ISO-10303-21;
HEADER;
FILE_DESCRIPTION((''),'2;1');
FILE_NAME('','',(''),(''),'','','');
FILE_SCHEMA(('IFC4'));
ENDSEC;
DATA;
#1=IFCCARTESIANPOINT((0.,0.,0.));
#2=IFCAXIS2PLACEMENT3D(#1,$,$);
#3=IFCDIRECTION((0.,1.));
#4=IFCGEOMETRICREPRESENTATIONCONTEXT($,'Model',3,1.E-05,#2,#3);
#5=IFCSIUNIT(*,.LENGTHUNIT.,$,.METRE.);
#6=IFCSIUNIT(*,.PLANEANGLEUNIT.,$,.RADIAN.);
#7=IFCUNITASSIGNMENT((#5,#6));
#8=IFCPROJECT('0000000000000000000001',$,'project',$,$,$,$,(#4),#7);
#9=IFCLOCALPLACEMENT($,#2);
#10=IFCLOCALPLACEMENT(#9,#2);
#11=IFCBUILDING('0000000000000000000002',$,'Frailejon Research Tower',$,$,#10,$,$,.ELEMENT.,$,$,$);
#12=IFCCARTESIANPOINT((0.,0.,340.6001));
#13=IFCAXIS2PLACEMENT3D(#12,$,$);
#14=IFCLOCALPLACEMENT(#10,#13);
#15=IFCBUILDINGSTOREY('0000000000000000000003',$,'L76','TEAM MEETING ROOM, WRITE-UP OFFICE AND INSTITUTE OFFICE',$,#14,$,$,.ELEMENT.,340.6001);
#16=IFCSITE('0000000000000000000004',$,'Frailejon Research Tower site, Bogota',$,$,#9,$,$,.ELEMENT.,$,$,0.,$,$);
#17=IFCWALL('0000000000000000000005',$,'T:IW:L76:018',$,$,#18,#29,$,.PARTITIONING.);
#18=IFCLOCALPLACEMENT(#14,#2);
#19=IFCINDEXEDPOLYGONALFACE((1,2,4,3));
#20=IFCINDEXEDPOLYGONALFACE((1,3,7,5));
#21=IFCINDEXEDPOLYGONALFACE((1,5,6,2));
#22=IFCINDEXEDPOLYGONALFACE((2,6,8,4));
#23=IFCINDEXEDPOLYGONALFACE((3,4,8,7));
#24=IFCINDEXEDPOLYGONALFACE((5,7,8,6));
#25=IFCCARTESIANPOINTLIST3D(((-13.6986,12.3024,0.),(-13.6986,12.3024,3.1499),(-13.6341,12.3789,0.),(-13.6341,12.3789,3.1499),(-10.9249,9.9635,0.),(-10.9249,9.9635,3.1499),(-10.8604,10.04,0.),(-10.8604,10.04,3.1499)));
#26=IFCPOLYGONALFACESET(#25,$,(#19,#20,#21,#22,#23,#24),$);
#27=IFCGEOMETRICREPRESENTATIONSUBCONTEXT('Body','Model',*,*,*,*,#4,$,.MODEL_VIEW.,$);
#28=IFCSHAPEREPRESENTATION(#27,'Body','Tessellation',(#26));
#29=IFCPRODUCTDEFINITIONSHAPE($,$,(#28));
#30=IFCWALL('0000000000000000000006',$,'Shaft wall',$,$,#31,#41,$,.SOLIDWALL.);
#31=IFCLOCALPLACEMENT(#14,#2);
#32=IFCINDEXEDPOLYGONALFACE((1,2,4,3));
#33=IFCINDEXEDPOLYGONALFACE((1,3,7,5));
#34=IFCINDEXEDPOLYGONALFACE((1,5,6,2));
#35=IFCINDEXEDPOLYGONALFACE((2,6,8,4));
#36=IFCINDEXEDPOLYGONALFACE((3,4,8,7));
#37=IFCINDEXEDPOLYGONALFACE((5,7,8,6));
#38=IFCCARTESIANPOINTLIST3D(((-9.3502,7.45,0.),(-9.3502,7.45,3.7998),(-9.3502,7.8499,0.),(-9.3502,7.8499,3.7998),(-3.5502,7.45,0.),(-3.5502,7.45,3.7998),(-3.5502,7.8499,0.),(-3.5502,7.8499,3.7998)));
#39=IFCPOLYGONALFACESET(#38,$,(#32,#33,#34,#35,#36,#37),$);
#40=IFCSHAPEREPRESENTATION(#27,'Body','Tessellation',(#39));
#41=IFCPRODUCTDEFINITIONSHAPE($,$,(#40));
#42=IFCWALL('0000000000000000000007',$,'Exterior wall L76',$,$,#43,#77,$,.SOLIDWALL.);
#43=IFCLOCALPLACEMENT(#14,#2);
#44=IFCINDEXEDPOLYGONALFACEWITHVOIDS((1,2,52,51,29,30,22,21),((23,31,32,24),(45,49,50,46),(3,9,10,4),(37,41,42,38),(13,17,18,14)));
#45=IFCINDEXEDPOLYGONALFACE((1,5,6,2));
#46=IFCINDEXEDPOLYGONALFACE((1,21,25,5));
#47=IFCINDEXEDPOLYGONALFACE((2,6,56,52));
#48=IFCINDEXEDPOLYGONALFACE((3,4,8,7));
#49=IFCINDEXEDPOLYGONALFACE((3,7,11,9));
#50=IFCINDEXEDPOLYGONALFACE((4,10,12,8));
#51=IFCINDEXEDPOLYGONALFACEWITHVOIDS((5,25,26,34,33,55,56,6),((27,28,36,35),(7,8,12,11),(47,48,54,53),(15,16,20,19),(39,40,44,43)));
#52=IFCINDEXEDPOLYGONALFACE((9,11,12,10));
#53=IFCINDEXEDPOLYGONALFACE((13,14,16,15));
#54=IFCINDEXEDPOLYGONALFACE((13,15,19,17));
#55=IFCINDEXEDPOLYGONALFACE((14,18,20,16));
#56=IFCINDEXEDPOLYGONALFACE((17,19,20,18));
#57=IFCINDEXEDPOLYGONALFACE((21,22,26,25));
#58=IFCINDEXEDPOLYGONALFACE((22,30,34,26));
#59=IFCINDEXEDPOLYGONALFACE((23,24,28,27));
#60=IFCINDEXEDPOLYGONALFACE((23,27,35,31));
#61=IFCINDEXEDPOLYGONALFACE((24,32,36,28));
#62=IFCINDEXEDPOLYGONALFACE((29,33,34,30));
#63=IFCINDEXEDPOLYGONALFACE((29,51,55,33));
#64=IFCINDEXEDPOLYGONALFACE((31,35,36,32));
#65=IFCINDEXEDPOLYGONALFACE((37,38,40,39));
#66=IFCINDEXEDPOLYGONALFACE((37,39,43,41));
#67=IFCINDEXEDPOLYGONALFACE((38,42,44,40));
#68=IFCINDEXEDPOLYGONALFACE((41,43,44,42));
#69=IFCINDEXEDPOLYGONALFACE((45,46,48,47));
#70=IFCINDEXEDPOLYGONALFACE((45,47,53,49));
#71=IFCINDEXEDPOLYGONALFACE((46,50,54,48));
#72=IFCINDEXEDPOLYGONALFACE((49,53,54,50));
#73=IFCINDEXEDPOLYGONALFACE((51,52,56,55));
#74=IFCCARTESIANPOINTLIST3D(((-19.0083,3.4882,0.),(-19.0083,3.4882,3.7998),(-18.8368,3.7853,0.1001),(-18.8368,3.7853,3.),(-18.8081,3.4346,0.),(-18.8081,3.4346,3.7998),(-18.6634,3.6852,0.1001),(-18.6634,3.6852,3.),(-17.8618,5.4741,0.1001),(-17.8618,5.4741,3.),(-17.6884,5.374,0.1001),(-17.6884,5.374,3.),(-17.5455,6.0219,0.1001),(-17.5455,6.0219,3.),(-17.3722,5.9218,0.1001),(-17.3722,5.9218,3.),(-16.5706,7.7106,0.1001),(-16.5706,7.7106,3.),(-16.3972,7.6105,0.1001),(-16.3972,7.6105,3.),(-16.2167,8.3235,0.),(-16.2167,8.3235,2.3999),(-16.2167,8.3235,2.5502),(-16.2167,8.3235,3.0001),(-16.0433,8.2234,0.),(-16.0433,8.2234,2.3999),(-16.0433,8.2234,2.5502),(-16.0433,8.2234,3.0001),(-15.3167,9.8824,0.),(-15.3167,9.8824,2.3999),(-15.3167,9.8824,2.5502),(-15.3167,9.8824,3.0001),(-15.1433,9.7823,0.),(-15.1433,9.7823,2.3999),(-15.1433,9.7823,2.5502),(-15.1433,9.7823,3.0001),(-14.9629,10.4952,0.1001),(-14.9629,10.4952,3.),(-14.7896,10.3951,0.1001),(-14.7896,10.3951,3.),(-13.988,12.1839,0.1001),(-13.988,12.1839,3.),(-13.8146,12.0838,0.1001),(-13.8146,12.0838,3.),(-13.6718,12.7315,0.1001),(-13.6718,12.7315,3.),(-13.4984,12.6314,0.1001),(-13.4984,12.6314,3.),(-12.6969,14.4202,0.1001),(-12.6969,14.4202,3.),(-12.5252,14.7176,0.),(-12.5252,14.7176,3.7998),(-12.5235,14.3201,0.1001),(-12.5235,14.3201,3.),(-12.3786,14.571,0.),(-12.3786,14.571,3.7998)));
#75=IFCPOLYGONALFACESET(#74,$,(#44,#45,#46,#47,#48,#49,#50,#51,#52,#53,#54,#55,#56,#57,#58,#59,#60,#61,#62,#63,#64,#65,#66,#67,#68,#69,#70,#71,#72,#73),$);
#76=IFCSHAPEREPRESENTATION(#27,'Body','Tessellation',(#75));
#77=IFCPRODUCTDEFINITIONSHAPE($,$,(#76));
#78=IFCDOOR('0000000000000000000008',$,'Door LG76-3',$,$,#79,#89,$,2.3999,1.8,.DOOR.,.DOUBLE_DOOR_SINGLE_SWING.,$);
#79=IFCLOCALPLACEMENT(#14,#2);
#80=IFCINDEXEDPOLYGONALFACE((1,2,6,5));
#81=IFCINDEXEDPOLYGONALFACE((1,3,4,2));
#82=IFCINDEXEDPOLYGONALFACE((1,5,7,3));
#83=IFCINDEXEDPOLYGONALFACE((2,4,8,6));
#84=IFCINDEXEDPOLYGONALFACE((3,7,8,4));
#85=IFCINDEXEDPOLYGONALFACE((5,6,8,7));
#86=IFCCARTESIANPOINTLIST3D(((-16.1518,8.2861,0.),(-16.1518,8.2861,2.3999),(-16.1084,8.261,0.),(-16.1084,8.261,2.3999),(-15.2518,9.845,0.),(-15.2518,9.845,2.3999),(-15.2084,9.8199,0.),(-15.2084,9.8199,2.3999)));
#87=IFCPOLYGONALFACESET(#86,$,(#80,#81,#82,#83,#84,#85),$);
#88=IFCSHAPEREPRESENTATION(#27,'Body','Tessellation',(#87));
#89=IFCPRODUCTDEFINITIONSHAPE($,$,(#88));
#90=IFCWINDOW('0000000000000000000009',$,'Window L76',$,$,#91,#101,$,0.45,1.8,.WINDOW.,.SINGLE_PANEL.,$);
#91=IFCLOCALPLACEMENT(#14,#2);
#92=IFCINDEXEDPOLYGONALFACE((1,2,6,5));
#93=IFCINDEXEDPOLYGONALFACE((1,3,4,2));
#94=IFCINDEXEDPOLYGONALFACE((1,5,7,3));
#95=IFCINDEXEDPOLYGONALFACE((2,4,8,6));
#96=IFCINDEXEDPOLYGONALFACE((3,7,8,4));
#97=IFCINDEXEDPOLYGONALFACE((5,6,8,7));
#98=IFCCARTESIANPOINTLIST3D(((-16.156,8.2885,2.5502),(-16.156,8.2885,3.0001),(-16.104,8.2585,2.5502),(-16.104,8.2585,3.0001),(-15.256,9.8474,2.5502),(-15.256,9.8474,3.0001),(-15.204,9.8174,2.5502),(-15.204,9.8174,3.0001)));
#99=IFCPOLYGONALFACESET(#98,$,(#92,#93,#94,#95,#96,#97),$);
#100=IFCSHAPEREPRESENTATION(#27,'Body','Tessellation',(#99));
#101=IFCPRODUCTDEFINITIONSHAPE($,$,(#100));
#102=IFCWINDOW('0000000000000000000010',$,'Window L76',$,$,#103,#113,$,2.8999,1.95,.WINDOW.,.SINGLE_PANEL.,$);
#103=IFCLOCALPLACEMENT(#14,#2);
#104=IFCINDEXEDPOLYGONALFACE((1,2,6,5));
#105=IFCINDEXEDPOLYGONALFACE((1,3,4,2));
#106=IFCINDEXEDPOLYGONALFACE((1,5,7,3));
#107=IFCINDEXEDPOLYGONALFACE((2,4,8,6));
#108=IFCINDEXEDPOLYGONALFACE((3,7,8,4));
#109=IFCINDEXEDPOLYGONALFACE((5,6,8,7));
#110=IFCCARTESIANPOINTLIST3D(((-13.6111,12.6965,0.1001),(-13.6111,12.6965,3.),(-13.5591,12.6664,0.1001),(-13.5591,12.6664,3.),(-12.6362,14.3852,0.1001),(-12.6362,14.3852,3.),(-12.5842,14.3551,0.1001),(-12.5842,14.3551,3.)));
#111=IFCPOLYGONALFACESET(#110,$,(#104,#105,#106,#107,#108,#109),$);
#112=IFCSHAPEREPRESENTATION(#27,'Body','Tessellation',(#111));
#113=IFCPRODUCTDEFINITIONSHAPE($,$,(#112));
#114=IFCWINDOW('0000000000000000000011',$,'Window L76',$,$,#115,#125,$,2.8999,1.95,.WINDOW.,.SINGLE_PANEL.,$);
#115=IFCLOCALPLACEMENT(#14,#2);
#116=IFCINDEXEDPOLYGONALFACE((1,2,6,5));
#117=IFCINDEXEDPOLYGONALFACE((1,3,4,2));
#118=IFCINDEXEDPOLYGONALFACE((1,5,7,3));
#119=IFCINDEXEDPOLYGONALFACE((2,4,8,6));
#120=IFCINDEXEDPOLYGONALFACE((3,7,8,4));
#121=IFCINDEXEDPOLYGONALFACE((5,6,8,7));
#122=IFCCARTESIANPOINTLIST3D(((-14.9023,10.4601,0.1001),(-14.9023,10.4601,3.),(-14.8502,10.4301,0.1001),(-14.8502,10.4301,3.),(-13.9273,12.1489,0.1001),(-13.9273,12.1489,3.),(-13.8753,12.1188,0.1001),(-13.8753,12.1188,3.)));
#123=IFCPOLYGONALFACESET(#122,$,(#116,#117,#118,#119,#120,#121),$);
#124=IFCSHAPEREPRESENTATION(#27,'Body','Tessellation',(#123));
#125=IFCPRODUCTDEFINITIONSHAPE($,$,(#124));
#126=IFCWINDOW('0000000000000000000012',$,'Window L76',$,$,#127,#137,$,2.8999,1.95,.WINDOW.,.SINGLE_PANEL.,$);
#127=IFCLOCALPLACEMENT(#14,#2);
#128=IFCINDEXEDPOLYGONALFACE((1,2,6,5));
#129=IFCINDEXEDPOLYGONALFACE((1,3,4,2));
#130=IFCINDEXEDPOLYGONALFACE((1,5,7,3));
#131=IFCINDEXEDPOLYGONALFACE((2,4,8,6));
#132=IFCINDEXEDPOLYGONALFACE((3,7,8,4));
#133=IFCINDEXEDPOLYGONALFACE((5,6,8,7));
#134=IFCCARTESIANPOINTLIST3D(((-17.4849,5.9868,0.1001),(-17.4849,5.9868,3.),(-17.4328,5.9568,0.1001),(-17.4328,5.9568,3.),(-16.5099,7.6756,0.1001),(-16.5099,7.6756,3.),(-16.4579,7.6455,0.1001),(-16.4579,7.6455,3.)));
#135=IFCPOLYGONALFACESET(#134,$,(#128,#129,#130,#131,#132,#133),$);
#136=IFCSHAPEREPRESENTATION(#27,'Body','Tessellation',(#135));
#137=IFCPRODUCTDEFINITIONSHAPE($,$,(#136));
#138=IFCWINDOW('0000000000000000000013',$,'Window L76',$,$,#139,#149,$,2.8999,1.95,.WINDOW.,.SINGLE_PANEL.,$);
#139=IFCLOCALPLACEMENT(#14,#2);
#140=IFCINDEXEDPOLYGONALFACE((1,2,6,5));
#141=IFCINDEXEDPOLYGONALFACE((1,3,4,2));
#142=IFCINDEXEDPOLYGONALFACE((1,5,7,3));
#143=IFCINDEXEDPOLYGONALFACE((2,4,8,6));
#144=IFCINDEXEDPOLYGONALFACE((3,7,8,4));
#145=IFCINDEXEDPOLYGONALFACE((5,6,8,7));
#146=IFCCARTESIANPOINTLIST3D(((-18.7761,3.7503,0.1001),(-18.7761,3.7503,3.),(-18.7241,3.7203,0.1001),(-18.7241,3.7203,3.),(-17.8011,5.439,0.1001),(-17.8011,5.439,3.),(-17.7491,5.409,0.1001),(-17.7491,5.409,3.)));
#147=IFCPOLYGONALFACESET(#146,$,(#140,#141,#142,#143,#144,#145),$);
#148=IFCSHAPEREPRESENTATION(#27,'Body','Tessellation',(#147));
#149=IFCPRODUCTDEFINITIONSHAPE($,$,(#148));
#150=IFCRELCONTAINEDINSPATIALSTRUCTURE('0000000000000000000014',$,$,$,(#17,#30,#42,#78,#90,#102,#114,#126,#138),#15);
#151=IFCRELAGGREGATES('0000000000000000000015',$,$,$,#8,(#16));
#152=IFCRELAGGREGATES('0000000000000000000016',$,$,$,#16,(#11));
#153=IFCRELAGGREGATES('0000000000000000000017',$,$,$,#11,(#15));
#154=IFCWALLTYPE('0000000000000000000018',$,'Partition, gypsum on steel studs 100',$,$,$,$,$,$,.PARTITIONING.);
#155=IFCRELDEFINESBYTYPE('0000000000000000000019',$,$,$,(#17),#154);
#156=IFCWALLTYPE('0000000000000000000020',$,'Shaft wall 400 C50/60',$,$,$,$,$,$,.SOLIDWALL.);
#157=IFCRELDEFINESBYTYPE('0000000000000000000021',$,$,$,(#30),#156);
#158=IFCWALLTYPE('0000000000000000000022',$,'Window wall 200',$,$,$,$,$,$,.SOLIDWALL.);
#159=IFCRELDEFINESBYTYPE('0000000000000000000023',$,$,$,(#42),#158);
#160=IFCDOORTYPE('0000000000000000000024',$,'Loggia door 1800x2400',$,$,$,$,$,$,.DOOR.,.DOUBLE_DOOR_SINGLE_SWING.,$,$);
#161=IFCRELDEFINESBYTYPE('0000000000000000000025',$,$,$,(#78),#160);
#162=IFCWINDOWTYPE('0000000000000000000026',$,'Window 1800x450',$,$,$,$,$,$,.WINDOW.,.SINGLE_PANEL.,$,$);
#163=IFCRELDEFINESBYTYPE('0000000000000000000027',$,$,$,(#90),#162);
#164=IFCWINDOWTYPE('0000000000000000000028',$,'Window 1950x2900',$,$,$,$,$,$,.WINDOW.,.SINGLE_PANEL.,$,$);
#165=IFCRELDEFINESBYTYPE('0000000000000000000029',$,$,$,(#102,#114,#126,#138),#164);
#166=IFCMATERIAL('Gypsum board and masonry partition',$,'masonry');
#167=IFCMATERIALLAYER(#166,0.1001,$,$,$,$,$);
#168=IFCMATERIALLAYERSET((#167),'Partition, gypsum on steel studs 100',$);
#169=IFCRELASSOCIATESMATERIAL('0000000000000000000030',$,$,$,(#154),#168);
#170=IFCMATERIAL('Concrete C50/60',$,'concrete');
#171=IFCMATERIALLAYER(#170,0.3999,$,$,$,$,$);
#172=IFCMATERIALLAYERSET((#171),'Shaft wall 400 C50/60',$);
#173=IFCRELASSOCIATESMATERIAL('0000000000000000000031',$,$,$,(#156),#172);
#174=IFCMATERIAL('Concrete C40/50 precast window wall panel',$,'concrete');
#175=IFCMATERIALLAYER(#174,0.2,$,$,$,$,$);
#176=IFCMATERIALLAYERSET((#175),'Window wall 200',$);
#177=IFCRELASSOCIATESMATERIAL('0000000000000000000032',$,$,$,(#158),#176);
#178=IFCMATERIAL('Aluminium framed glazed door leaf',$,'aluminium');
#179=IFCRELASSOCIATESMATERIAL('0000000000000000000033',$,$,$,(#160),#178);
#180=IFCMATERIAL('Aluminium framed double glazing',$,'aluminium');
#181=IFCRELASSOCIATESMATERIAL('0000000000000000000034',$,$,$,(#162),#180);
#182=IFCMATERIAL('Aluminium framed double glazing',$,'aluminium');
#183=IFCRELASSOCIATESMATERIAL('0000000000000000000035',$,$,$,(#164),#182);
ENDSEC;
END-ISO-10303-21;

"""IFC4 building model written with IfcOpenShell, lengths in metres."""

from ifc_helpers import new_model, si_unit, direction, frame, frame_2d, origin, place, context, subcontext, project, spatial, polyline, rectangle, outline, extrude, material, layer, layer_set, type_object, element, fill, save


model = new_model("IFC4")

# Units and contexts
model_context = context("Model", 3, precision=1e-05, world=origin(), true_north=direction((0.0, 1.0)))
body_context = subcontext(model_context, "Body", "Model", "MODEL_VIEW")
ifc_project = project(units=[si_unit("LENGTHUNIT", "METRE"), si_unit("PLANEANGLEUNIT", "RADIAN")], contexts=[model_context])

# Site, building, storey
site_placement = place(None, origin())
site = spatial("IfcSite", under=ifc_project, at=site_placement, Name="Frailejon Research Tower site, Bogota", CompositionType="ELEMENT", RefElevation=0.0)
building_placement = place(site_placement, origin())
building = spatial("IfcBuilding", under=site, at=building_placement, Name="Frailejon Research Tower", CompositionType="ELEMENT")
storey_placement = place(building_placement, frame((0.0, 0.0, 340.6001)))
storey = spatial("IfcBuildingStorey", under=building, at=storey_placement, Name="L76", Description="TEAM MEETING ROOM, WRITE-UP OFFICE AND INSTITUTE OFFICE", CompositionType="ELEMENT", Elevation=340.6001)

# Walls
ifc_material_1 = material(Name="Gypsum board and masonry partition", Category="masonry")
ifc_layer_1 = layer(ifc_material_1, 0.1001)
ifc_layer_set_1 = layer_set([ifc_layer_1], Name="Partition, gypsum on steel studs 100")
wall_type_1 = type_object("IfcWallType", Name="Partition, gypsum on steel studs 100", PredefinedType="PARTITIONING", material=ifc_layer_set_1)
wall_1_placement = place(storey_placement, frame((-13.6663, 12.3406, 0.0), z_axis=(0.0, 0.0, 1.0), x_axis=(0.764485, -0.644641, 0.0)))
element("IfcWall", 1, at=wall_1_placement, inside=storey, type_object=wall_type_1, Name="T:IW:L76:018", PredefinedType="PARTITIONING", context=body_context, shape_type="SweptSolid", body=[
    extrude(rectangle(XDim=3.6282, YDim=0.1001, at=frame_2d((1.814, 0.0))), origin(), (0.0, 0.0, 1.0), 3.1499),
])
ifc_material_2 = material(Name="Concrete C50/60", Category="concrete")
ifc_layer_2 = layer(ifc_material_2, 0.3999)
ifc_layer_set_2 = layer_set([ifc_layer_2], Name="Shaft wall 400 C50/60")
wall_type_2 = type_object("IfcWallType", Name="Shaft wall 400 C50/60", PredefinedType="SOLIDWALL", material=ifc_layer_set_2)
wall_2_placement = place(storey_placement, frame((-9.3501, 7.6499, 0.0), z_axis=(0.0, 0.0, 1.0), x_axis=(1.0, 0.0, 0.0)))
element("IfcWall", 2, at=wall_2_placement, inside=storey, type_object=wall_type_2, Name="Shaft wall", PredefinedType="SOLIDWALL", context=body_context, shape_type="SweptSolid", body=[
    extrude(rectangle(XDim=5.8, YDim=0.3999, at=frame_2d((2.8999, 0.0))), origin(), (0.0, 0.0, 1.0), 3.7998),
])

# Wall, openings, door, windows
ifc_material_3 = material(Name="Concrete C40/50 precast window wall panel", Category="concrete")
ifc_layer_3 = layer(ifc_material_3, 0.2)
ifc_layer_set_3 = layer_set([ifc_layer_3], Name="Window wall 200")
wall_type_3 = type_object("IfcWallType", Name="Window wall 200", PredefinedType="SOLIDWALL", material=ifc_layer_set_3)
wall_3_placement = place(storey_placement, frame((-12.4519, 14.6443, 0.0), z_axis=(0.0, 0.0, 1.0), x_axis=(-0.499992, -0.86603, 0.0)))
wall_3 = element("IfcWall", 3, at=wall_3_placement, inside=storey, type_object=wall_type_3, Name="Exterior wall L76", PredefinedType="SOLIDWALL", context=body_context, shape_type="SweptSolid", body=[
    extrude(outline(polyline([(-0.0269, -0.1001), (1.0537, -0.1001), (2.1343, -0.1001), (3.2148, -0.1001), (4.2954, -0.1001), (5.376, -0.1001), (6.4565, -0.1001), (7.5369, -0.1001), (8.6174, -0.1001), (9.698, -0.1001), (10.7786, -0.1001), (11.8591, -0.1001), (12.9397, -0.1001), (12.886, 0.1001), (11.8145, 0.1001), (10.7427, 0.1001), (9.6711, 0.1001), (8.5996, 0.1001), (7.5281, 0.1001), (6.4565, 0.1001), (5.3848, 0.1001), (4.3132, 0.1001), (3.2417, 0.1001), (2.1699, 0.1001), (1.0984, 0.1001), (0.0269, 0.1001), (-0.0269, -0.1001)])), origin(), (0.0, 0.0, 1.0), 3.7998),
])
opening_1_placement = place(wall_3_placement, frame((0.3164, 0.0, 0.1001)))
opening_1 = element("IfcOpeningElement", 4, at=opening_1_placement, cuts=wall_3, PredefinedType="OPENING", context=body_context, shape_type="SweptSolid", body=[
    extrude(rectangle(XDim=1.95, YDim=2.8999, at=frame_2d((0.9751, 1.45))), frame((0.0, 0.1099, 0.0), z_axis=(0.0, -1.0, 0.0), x_axis=(1.0, 0.0, 0.0)), (0.0, 0.0, 1.0), 0.22),
])
opening_2_placement = place(wall_3_placement, frame((2.8987, 0.0, 0.1001)))
opening_2 = element("IfcOpeningElement", 5, at=opening_2_placement, cuts=wall_3, PredefinedType="OPENING", context=body_context, shape_type="SweptSolid", body=[
    extrude(rectangle(XDim=1.95, YDim=2.8999, at=frame_2d((0.9751, 1.45))), frame((0.0, 0.1099, 0.0), z_axis=(0.0, -1.0, 0.0), x_axis=(1.0, 0.0, 0.0)), (0.0, 0.0, 1.0), 0.22),
])
opening_3_placement = place(wall_3_placement, frame((5.5564, 0.0, 0.0)))
opening_3 = element("IfcOpeningElement", 6, at=opening_3_placement, cuts=wall_3, PredefinedType="OPENING", context=body_context, shape_type="SweptSolid", body=[
    extrude(rectangle(XDim=1.8, YDim=2.3999, at=frame_2d((0.8999, 1.2))), frame((0.0, 0.1099, 0.0), z_axis=(0.0, -1.0, 0.0), x_axis=(1.0, 0.0, 0.0)), (0.0, 0.0, 1.0), 0.22),
])
opening_4_placement = place(wall_3_placement, frame((5.5564, 0.0, 2.55)))
opening_4 = element("IfcOpeningElement", 7, at=opening_4_placement, cuts=wall_3, PredefinedType="OPENING", context=body_context, shape_type="SweptSolid", body=[
    extrude(rectangle(XDim=1.8, YDim=0.45, at=frame_2d((0.8999, 0.2251))), frame((0.0, 0.1099, 0.0), z_axis=(0.0, -1.0, 0.0), x_axis=(1.0, 0.0, 0.0)), (0.0, 0.0, 1.0), 0.22),
])
opening_5_placement = place(wall_3_placement, frame((8.064, 0.0, 0.1001)))
opening_5 = element("IfcOpeningElement", 8, at=opening_5_placement, cuts=wall_3, PredefinedType="OPENING", context=body_context, shape_type="SweptSolid", body=[
    extrude(rectangle(XDim=1.95, YDim=2.8999, at=frame_2d((0.9751, 1.45))), frame((0.0, 0.1099, 0.0), z_axis=(0.0, -1.0, 0.0), x_axis=(1.0, 0.0, 0.0)), (0.0, 0.0, 1.0), 0.22),
])
opening_6_placement = place(wall_3_placement, frame((10.6465, 0.0, 0.1001)))
opening_6 = element("IfcOpeningElement", 9, at=opening_6_placement, cuts=wall_3, PredefinedType="OPENING", context=body_context, shape_type="SweptSolid", body=[
    extrude(rectangle(XDim=1.95, YDim=2.8999, at=frame_2d((0.9751, 1.45))), frame((0.0, 0.1099, 0.0), z_axis=(0.0, -1.0, 0.0), x_axis=(1.0, 0.0, 0.0)), (0.0, 0.0, 1.0), 0.22),
])
ifc_material_4 = material(Name="Aluminium framed glazed door leaf", Category="aluminium")
door_type_1 = type_object("IfcDoorType", Name="Loggia door 1800x2400", OperationType="DOUBLE_DOOR_SINGLE_SWING", PredefinedType="DOOR", material=ifc_material_4)
door_1_placement = place(opening_3_placement, origin())
door_1 = element("IfcDoor", 10, at=door_1_placement, inside=storey, type_object=door_type_1, Name="Door LG76-3", OperationType="DOUBLE_DOOR_SINGLE_SWING", OverallHeight=2.3999, OverallWidth=1.8, PredefinedType="DOOR", context=body_context, shape_type="SweptSolid", body=[
    extrude(rectangle(XDim=1.8, YDim=2.3999, at=frame_2d((0.8999, 1.2))), frame((0.0, 0.0249, 0.0), z_axis=(0.0, -1.0, 0.0), x_axis=(1.0, 0.0, 0.0)), (0.0, 0.0, 1.0), 0.05),
])
fill(opening_3, door_1)
ifc_material_5 = material(Name="Aluminium framed double glazing", Category="aluminium")
window_type_1 = type_object("IfcWindowType", Name="Window 1800x450", PartitioningType="SINGLE_PANEL", PredefinedType="WINDOW", material=ifc_material_5)
window_1_placement = place(opening_4_placement, origin())
window_1 = element("IfcWindow", 11, at=window_1_placement, inside=storey, type_object=window_type_1, Name="Window L76", OverallHeight=0.45, OverallWidth=1.8, PartitioningType="SINGLE_PANEL", PredefinedType="WINDOW", context=body_context, shape_type="SweptSolid", body=[
    extrude(rectangle(XDim=1.8, YDim=0.45, at=frame_2d((0.8999, 0.2251))), frame((0.0, 0.03, 0.0), z_axis=(0.0, -1.0, 0.0), x_axis=(1.0, 0.0, 0.0)), (0.0, 0.0, 1.0), 0.0601),
])
fill(opening_4, window_1)
ifc_material_6 = material(Name="Aluminium framed double glazing", Category="aluminium")
window_type_2 = type_object("IfcWindowType", Name="Window 1950x2900", PartitioningType="SINGLE_PANEL", PredefinedType="WINDOW", material=ifc_material_6)
window_2_placement = place(opening_1_placement, origin())
window_2 = element("IfcWindow", 12, at=window_2_placement, inside=storey, type_object=window_type_2, Name="Window L76", OverallHeight=2.8999, OverallWidth=1.95, PartitioningType="SINGLE_PANEL", PredefinedType="WINDOW", context=body_context, shape_type="SweptSolid", body=[
    extrude(rectangle(XDim=1.95, YDim=2.8999, at=frame_2d((0.9751, 1.45))), frame((0.0, 0.03, 0.0), z_axis=(0.0, -1.0, 0.0), x_axis=(1.0, 0.0, 0.0)), (0.0, 0.0, 1.0), 0.0601),
])
fill(opening_1, window_2)
window_3_placement = place(opening_2_placement, origin())
window_3 = element("IfcWindow", 13, at=window_3_placement, inside=storey, type_object=window_type_2, Name="Window L76", OverallHeight=2.8999, OverallWidth=1.95, PartitioningType="SINGLE_PANEL", PredefinedType="WINDOW", context=body_context, shape_type="SweptSolid", body=[
    extrude(rectangle(XDim=1.95, YDim=2.8999, at=frame_2d((0.9751, 1.45))), frame((0.0, 0.03, 0.0), z_axis=(0.0, -1.0, 0.0), x_axis=(1.0, 0.0, 0.0)), (0.0, 0.0, 1.0), 0.0601),
])
fill(opening_2, window_3)
window_4_placement = place(opening_5_placement, origin())
window_4 = element("IfcWindow", 14, at=window_4_placement, inside=storey, type_object=window_type_2, Name="Window L76", OverallHeight=2.8999, OverallWidth=1.95, PartitioningType="SINGLE_PANEL", PredefinedType="WINDOW", context=body_context, shape_type="SweptSolid", body=[
    extrude(rectangle(XDim=1.95, YDim=2.8999, at=frame_2d((0.9751, 1.45))), frame((0.0, 0.03, 0.0), z_axis=(0.0, -1.0, 0.0), x_axis=(1.0, 0.0, 0.0)), (0.0, 0.0, 1.0), 0.0601),
])
fill(opening_5, window_4)
window_5_placement = place(opening_6_placement, origin())
window_5 = element("IfcWindow", 15, at=window_5_placement, inside=storey, type_object=window_type_2, Name="Window L76", OverallHeight=2.8999, OverallWidth=1.95, PartitioningType="SINGLE_PANEL", PredefinedType="WINDOW", context=body_context, shape_type="SweptSolid", body=[
    extrude(rectangle(XDim=1.95, YDim=2.8999, at=frame_2d((0.9751, 1.45))), frame((0.0, 0.03, 0.0), z_axis=(0.0, -1.0, 0.0), x_axis=(1.0, 0.0, 0.0)), (0.0, 0.0, 1.0), 0.0601),
])
fill(opening_6, window_5)

save(model, "model.ifc")
